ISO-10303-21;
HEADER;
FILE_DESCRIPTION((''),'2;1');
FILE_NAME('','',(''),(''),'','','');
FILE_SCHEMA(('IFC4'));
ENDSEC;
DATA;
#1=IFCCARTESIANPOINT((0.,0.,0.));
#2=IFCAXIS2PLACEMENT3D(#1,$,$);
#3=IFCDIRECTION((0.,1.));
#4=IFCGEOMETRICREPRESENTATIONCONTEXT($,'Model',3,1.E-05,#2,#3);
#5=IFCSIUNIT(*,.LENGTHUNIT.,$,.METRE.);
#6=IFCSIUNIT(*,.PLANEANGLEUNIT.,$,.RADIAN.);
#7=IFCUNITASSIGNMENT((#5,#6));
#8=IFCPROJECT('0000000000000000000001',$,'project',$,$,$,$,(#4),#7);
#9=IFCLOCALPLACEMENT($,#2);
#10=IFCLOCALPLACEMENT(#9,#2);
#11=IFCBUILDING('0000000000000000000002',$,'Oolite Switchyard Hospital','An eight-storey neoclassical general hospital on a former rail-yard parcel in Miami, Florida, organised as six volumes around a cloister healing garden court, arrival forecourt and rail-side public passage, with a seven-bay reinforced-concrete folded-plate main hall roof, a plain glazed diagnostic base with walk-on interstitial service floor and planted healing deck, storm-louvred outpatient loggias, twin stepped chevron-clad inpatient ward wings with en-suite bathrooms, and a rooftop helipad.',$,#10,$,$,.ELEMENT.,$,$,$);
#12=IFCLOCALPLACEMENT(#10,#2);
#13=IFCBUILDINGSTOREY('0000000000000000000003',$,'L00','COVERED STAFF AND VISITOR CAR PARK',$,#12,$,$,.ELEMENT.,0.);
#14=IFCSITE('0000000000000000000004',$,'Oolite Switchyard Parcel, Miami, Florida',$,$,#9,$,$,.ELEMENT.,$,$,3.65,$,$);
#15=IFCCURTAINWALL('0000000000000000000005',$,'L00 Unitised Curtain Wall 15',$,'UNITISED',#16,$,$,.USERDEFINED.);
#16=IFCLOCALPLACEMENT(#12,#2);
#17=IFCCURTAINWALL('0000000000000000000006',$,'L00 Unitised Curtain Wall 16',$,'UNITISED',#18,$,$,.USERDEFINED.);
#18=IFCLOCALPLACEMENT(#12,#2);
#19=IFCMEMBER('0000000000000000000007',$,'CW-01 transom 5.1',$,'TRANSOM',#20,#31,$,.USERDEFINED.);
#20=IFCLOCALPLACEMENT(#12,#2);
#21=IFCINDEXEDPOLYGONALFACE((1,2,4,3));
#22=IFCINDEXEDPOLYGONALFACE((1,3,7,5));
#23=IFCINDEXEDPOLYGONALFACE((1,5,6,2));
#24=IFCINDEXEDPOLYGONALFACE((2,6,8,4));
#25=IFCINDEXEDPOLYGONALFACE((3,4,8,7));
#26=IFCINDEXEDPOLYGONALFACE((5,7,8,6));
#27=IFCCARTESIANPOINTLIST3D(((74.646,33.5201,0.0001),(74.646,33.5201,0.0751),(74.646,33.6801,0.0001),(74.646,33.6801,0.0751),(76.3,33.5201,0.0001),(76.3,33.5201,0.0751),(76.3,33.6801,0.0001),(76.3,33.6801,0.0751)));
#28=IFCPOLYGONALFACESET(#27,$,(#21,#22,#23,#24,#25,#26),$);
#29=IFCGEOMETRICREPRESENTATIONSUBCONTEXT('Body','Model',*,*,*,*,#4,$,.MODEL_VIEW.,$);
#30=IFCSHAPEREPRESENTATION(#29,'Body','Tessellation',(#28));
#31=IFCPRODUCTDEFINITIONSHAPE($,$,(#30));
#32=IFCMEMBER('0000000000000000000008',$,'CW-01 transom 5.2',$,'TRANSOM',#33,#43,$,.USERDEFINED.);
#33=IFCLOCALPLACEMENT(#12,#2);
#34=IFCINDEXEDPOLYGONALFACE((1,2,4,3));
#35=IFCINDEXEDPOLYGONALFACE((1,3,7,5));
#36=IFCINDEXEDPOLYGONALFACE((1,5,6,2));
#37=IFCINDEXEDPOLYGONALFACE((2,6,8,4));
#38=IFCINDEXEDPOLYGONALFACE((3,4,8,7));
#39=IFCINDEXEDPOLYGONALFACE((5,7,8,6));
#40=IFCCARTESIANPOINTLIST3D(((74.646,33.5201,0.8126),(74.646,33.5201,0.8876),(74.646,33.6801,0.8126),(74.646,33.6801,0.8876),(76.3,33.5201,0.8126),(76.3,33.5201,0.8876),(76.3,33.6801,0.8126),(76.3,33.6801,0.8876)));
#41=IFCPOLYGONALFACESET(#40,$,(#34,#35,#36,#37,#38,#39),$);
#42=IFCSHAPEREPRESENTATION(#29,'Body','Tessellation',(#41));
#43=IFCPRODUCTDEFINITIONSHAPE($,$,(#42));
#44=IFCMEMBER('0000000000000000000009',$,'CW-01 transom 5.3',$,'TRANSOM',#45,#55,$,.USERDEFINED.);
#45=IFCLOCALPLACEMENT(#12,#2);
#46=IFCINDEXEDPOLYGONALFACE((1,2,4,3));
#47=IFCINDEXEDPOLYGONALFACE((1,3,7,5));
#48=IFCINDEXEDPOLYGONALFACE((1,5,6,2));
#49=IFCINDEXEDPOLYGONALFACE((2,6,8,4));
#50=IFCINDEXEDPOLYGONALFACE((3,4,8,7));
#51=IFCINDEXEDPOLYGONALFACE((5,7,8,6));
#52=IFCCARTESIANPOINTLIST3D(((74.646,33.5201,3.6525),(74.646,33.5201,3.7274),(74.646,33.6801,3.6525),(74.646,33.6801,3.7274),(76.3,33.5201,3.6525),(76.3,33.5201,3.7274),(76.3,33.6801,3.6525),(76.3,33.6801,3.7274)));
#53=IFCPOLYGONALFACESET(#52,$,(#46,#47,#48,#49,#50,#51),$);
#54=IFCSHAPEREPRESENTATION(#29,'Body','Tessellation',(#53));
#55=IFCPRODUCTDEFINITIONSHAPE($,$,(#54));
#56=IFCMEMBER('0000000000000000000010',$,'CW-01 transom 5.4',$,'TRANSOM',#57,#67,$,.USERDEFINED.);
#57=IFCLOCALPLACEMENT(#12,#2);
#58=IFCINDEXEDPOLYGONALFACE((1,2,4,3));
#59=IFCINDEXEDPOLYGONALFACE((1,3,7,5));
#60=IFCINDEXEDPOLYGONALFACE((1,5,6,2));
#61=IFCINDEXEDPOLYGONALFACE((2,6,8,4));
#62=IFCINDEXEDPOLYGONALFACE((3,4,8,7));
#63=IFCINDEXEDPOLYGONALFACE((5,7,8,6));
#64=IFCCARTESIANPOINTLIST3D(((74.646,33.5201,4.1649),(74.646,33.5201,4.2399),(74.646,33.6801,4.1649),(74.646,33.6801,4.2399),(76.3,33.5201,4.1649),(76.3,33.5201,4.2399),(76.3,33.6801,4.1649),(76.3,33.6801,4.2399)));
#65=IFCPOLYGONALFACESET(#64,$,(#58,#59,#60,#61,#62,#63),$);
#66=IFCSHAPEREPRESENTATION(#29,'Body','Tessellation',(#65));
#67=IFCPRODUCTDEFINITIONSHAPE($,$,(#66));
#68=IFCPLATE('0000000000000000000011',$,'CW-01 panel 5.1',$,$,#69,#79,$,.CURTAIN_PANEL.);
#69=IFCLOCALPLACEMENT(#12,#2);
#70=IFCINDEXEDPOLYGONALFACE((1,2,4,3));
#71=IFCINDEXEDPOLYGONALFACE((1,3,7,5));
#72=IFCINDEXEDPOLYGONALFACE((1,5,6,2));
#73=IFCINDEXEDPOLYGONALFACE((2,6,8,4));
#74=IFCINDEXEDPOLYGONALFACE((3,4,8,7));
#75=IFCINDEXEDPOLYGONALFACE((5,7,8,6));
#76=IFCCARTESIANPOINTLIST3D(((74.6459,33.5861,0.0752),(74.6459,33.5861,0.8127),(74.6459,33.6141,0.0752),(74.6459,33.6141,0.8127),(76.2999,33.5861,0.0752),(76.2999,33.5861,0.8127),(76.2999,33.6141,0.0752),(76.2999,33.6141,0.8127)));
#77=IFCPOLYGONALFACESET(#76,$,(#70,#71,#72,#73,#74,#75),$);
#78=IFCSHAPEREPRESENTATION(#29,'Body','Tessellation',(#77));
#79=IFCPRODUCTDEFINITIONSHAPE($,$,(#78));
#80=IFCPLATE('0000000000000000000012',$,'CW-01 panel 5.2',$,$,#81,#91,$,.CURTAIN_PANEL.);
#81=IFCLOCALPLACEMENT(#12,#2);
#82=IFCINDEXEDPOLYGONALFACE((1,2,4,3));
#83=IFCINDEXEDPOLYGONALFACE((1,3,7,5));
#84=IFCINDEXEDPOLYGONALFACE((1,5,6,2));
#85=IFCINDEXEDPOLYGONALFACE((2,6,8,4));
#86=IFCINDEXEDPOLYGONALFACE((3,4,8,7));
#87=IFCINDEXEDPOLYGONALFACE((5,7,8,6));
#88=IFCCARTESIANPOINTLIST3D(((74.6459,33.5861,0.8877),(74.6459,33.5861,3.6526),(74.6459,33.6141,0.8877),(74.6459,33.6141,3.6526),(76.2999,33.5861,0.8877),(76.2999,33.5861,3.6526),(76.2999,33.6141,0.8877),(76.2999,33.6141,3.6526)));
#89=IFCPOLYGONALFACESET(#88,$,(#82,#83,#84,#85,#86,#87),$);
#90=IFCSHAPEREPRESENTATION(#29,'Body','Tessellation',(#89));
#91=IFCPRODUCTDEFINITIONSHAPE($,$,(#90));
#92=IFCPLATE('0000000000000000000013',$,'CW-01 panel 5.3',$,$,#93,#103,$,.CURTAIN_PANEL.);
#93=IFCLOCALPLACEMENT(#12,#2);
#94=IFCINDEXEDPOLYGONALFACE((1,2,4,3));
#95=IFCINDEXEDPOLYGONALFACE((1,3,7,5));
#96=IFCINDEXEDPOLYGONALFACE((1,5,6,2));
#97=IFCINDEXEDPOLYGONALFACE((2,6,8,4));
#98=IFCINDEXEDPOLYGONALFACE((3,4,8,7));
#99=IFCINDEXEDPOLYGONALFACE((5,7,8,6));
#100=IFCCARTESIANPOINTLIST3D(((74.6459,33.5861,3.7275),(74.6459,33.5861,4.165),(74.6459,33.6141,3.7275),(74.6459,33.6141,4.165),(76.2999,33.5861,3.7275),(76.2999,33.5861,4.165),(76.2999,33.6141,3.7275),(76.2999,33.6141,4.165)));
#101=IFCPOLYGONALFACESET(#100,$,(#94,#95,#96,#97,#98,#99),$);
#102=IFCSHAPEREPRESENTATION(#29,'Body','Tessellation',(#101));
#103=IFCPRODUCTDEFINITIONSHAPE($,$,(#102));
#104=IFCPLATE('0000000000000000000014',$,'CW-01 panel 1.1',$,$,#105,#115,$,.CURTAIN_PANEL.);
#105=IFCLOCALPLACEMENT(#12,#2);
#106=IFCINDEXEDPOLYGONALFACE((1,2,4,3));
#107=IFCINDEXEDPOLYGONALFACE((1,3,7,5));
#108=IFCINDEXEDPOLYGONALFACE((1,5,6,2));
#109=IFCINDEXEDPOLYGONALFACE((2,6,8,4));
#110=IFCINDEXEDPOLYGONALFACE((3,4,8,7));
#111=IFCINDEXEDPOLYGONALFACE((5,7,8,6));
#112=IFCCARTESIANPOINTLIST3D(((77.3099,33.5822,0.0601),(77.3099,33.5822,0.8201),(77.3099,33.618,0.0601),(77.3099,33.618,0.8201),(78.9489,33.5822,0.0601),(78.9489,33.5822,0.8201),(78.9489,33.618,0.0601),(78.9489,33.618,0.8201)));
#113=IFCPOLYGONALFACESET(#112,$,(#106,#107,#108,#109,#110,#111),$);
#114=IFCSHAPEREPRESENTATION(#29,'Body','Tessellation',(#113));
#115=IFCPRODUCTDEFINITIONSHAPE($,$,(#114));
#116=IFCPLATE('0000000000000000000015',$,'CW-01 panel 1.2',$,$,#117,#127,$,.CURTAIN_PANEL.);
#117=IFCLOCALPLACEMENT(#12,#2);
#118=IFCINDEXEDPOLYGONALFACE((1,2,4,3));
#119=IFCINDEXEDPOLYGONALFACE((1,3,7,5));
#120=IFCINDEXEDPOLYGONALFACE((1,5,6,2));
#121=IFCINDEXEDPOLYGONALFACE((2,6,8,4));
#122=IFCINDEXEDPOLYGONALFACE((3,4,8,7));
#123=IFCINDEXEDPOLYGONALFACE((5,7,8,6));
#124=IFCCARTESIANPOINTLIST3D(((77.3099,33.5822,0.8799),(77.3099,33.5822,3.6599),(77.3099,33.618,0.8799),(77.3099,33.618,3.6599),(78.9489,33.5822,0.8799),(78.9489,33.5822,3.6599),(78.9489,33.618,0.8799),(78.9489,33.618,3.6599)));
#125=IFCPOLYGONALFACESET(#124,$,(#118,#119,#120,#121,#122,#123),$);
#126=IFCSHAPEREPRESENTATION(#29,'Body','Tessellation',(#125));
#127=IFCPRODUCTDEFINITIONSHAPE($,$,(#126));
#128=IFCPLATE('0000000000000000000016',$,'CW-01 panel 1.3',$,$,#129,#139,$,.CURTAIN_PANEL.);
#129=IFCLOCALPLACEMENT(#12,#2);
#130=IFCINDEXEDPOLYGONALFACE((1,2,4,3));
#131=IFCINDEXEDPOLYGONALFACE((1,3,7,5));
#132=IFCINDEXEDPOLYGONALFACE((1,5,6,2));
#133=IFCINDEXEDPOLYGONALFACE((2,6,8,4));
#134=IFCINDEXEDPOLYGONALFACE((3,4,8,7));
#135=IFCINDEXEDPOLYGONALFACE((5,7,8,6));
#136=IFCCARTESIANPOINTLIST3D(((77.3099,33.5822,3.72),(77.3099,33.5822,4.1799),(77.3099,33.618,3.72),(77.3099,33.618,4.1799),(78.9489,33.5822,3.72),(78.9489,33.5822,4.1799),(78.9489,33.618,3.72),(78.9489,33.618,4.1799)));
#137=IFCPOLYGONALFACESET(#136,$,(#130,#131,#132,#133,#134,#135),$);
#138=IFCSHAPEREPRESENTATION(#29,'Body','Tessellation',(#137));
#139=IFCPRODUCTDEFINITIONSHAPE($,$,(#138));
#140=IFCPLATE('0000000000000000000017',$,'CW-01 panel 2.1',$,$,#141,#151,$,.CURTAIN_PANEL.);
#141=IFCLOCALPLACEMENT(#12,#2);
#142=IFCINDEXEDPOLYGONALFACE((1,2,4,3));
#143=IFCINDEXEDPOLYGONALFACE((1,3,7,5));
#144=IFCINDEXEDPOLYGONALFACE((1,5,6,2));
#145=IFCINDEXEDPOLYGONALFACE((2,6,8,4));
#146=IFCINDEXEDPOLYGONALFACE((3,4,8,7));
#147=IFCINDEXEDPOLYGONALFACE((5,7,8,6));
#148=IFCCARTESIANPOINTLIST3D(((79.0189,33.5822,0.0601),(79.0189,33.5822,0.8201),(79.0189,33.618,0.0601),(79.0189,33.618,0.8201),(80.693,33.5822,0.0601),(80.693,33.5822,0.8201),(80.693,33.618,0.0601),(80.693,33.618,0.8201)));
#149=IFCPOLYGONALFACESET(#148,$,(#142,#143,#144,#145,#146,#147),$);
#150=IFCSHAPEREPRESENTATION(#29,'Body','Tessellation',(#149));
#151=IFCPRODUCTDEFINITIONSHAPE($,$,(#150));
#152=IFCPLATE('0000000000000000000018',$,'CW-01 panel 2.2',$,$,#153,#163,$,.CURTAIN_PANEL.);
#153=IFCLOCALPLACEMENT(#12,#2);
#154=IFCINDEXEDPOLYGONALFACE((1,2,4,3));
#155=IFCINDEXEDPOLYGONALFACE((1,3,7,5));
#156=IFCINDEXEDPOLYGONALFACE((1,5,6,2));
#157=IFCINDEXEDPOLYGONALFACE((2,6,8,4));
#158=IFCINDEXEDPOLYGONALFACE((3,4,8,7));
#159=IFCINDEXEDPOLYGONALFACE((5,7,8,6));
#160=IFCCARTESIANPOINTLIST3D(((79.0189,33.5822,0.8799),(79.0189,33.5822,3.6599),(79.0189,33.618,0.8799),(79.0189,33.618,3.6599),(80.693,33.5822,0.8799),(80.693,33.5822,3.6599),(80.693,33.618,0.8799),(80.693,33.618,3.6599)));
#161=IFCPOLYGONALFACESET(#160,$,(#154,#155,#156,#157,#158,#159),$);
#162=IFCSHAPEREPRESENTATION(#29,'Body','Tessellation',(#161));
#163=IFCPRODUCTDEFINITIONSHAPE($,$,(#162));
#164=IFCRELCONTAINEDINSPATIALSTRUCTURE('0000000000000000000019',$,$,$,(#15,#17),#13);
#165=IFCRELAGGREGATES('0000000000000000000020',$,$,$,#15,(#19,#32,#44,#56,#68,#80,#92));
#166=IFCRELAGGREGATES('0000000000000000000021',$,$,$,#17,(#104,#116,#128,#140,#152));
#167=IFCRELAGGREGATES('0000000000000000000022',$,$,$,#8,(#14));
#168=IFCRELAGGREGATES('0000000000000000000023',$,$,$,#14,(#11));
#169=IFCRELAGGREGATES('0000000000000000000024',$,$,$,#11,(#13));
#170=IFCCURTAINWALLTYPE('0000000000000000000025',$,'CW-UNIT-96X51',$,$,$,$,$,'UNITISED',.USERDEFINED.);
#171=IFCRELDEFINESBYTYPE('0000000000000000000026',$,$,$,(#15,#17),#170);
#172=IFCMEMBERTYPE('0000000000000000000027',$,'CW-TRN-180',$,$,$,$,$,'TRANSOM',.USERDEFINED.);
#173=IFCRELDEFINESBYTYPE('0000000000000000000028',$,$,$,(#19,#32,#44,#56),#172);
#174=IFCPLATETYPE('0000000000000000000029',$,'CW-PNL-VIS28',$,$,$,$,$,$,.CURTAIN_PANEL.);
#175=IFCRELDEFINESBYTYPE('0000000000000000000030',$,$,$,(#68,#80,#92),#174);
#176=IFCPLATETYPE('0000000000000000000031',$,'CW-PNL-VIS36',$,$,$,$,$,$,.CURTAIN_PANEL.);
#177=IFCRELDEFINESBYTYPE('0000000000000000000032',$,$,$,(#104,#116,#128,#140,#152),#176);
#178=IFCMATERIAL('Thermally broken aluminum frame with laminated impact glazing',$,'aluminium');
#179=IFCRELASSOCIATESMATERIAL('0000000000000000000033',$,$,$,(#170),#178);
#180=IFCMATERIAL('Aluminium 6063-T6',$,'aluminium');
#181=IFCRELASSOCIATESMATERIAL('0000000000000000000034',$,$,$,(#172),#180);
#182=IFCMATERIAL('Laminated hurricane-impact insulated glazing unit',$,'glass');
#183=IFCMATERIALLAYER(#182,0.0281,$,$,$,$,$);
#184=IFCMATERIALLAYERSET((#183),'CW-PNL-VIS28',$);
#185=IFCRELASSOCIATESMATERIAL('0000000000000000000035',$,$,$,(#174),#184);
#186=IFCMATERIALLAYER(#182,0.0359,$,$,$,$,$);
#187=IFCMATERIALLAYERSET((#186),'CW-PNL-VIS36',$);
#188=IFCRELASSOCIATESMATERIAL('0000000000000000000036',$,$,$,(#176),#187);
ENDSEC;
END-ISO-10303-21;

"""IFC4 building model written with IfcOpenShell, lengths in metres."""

from ifc_helpers import new_model, si_unit, direction, frame, origin, origin_2d, place, context, subcontext, project, spatial, rectangle, extrude, material, layer, layer_set, material_profile, profile_set, type_object, element, aggregate, save


model = new_model("IFC4")

# Units and contexts
model_context = context("Model", 3, precision=1e-05, world=origin(), true_north=direction((0.0, 1.0)))
body_context = subcontext(model_context, "Body", "Model", "MODEL_VIEW")
ifc_project = project(units=[si_unit("LENGTHUNIT", "METRE"), si_unit("PLANEANGLEUNIT", "RADIAN")], contexts=[model_context])

# Site, building, storey
site_placement = place(None, origin())
site = spatial("IfcSite", under=ifc_project, at=site_placement, Name="Oolite Switchyard Parcel, Miami, Florida", CompositionType="ELEMENT", RefElevation=3.65)
building_placement = place(site_placement, origin())
building = spatial("IfcBuilding", under=site, at=building_placement, Name="Oolite Switchyard Hospital", Description="An eight-storey neoclassical general hospital on a former rail-yard parcel in Miami, Florida, organised as six volumes around a cloister healing garden court, arrival forecourt and rail-side public passage, with a seven-bay reinforced-concrete folded-plate main hall roof, a plain glazed diagnostic base with walk-on interstitial service floor and planted healing deck, storm-louvred outpatient loggias, twin stepped chevron-clad inpatient ward wings with en-suite bathrooms, and a rooftop helipad.", CompositionType="ELEMENT")
storey_placement = place(building_placement, origin())
storey = spatial("IfcBuildingStorey", under=building, at=storey_placement, Name="L00", Description="COVERED STAFF AND VISITOR CAR PARK", CompositionType="ELEMENT", Elevation=0.0)

# Curtain walls
ifc_material_1 = material(Name="Thermally broken aluminum frame with laminated impact glazing", Category="aluminium")
curtain_wall_type = type_object("IfcCurtainWallType", Name="CW-UNIT-96X51", ElementType="UNITISED", PredefinedType="USERDEFINED", material=ifc_material_1)
curtain_wall_1_placement = place(storey_placement, origin())
curtain_wall_1 = element("IfcCurtainWall", 1, at=curtain_wall_1_placement, inside=storey, type_object=curtain_wall_type, Name="L00 Unitised Curtain Wall 15", ObjectType="UNITISED", PredefinedType="USERDEFINED")
ifc_material_2 = material(Name="Aluminium 6063-T6", Category="aluminium")
curtain_wall_2_placement = place(storey_placement, origin())
curtain_wall_2 = element("IfcCurtainWall", 2, at=curtain_wall_2_placement, inside=storey, type_object=curtain_wall_type, Name="L00 Unitised Curtain Wall 16", ObjectType="UNITISED", PredefinedType="USERDEFINED")

# Members
ifc_material_profile_1 = material_profile(ifc_material_2, rectangle(XDim=0.1599, YDim=0.075, at=origin_2d()), Name="CWT75X160")
ifc_profile_set_1 = profile_set([ifc_material_profile_1], Name="Aluminium 6063-T6")
member_type_1 = type_object("IfcMemberType", Name="CW-TRN-180", ElementType="TRANSOM", PredefinedType="USERDEFINED", material=ifc_profile_set_1)
member_1_placement = place(storey_placement, frame((74.646, 33.6001, 0.0376), z_axis=(1.0, 0.0, 0.0), x_axis=(0.0, 1.0, 0.0)))
member_1 = element("IfcMember", 3, at=member_1_placement, type_object=member_type_1, Name="CW-01 transom 5.1", ObjectType="TRANSOM", PredefinedType="USERDEFINED", context=body_context, shape_type="SweptSolid", body=[
    extrude(rectangle(XDim=0.1599, YDim=0.075, at=origin_2d()), origin(), (0.0, 0.0, 1.0), 1.6541),
])
member_2_placement = place(storey_placement, frame((74.646, 33.6001, 0.8501), z_axis=(1.0, 0.0, 0.0), x_axis=(0.0, 1.0, 0.0)))
member_2 = element("IfcMember", 4, at=member_2_placement, type_object=member_type_1, Name="CW-01 transom 5.2", ObjectType="TRANSOM", PredefinedType="USERDEFINED", context=body_context, shape_type="SweptSolid", body=[
    extrude(rectangle(XDim=0.1599, YDim=0.075, at=origin_2d()), origin(), (0.0, 0.0, 1.0), 1.6541),
])
member_3_placement = place(storey_placement, frame((74.646, 33.6001, 3.6899), z_axis=(1.0, 0.0, 0.0), x_axis=(0.0, 1.0, 0.0)))
member_3 = element("IfcMember", 5, at=member_3_placement, type_object=member_type_1, Name="CW-01 transom 5.3", ObjectType="TRANSOM", PredefinedType="USERDEFINED", context=body_context, shape_type="SweptSolid", body=[
    extrude(rectangle(XDim=0.1599, YDim=0.075, at=origin_2d()), origin(), (0.0, 0.0, 1.0), 1.6541),
])
member_4_placement = place(storey_placement, frame((74.646, 33.6001, 4.2024), z_axis=(1.0, 0.0, 0.0), x_axis=(0.0, 1.0, 0.0)))
member_4 = element("IfcMember", 6, at=member_4_placement, type_object=member_type_1, Name="CW-01 transom 5.4", ObjectType="TRANSOM", PredefinedType="USERDEFINED", context=body_context, shape_type="SweptSolid", body=[
    extrude(rectangle(XDim=0.1599, YDim=0.075, at=origin_2d()), origin(), (0.0, 0.0, 1.0), 1.6541),
])

# Plates
ifc_material_3 = material(Name="Laminated hurricane-impact insulated glazing unit", Category="glass")
ifc_layer_1 = layer(ifc_material_3, 0.0281)
ifc_layer_set_1 = layer_set([ifc_layer_1], Name="CW-PNL-VIS28")
plate_type_1 = type_object("IfcPlateType", Name="CW-PNL-VIS28", PredefinedType="CURTAIN_PANEL", material=ifc_layer_set_1)
plate_1_placement = place(storey_placement, frame((75.4729, 33.6001, 0.0752), z_axis=(0.0, 0.0, 1.0), x_axis=(1.0, 0.0, 0.0)))
plate_1 = element("IfcPlate", 7, at=plate_1_placement, type_object=plate_type_1, Name="CW-01 panel 5.1", PredefinedType="CURTAIN_PANEL", context=body_context, shape_type="SweptSolid", body=[
    extrude(rectangle(XDim=1.6541, YDim=0.0281, at=origin_2d()), origin(), (0.0, 0.0, 1.0), 0.7375),
])
plate_2_placement = place(storey_placement, frame((75.4729, 33.6001, 0.8877), z_axis=(0.0, 0.0, 1.0), x_axis=(1.0, 0.0, 0.0)))
plate_2 = element("IfcPlate", 8, at=plate_2_placement, type_object=plate_type_1, Name="CW-01 panel 5.2", PredefinedType="CURTAIN_PANEL", context=body_context, shape_type="SweptSolid", body=[
    extrude(rectangle(XDim=1.6541, YDim=0.0281, at=origin_2d()), origin(), (0.0, 0.0, 1.0), 2.7649),
])
plate_3_placement = place(storey_placement, frame((75.4729, 33.6001, 3.7275), z_axis=(0.0, 0.0, 1.0), x_axis=(1.0, 0.0, 0.0)))
plate_3 = element("IfcPlate", 9, at=plate_3_placement, type_object=plate_type_1, Name="CW-01 panel 5.3", PredefinedType="CURTAIN_PANEL", context=body_context, shape_type="SweptSolid", body=[
    extrude(rectangle(XDim=1.6541, YDim=0.0281, at=origin_2d()), origin(), (0.0, 0.0, 1.0), 0.4375),
])
aggregate(curtain_wall_1, [member_1, member_2, member_3, member_4, plate_1, plate_2, plate_3])
ifc_layer_2 = layer(ifc_material_3, 0.0359)
ifc_layer_set_2 = layer_set([ifc_layer_2], Name="CW-PNL-VIS36")
plate_type_2 = type_object("IfcPlateType", Name="CW-PNL-VIS36", PredefinedType="CURTAIN_PANEL", material=ifc_layer_set_2)
plate_4_placement = place(storey_placement, frame((78.1294, 33.6001, 0.0601), z_axis=(0.0, 0.0, 1.0), x_axis=(1.0, 0.0, 0.0)))
plate_4 = element("IfcPlate", 10, at=plate_4_placement, type_object=plate_type_2, Name="CW-01 panel 1.1", PredefinedType="CURTAIN_PANEL", context=body_context, shape_type="SweptSolid", body=[
    extrude(rectangle(XDim=1.6389, YDim=0.0359, at=origin_2d()), origin(), (0.0, 0.0, 1.0), 0.76),
])
plate_5_placement = place(storey_placement, frame((78.1294, 33.6001, 0.8799), z_axis=(0.0, 0.0, 1.0), x_axis=(1.0, 0.0, 0.0)))
plate_5 = element("IfcPlate", 11, at=plate_5_placement, type_object=plate_type_2, Name="CW-01 panel 1.2", PredefinedType="CURTAIN_PANEL", context=body_context, shape_type="SweptSolid", body=[
    extrude(rectangle(XDim=1.6389, YDim=0.0359, at=origin_2d()), origin(), (0.0, 0.0, 1.0), 2.78),
])
plate_6_placement = place(storey_placement, frame((78.1294, 33.6001, 3.72), z_axis=(0.0, 0.0, 1.0), x_axis=(1.0, 0.0, 0.0)))
plate_6 = element("IfcPlate", 12, at=plate_6_placement, type_object=plate_type_2, Name="CW-01 panel 1.3", PredefinedType="CURTAIN_PANEL", context=body_context, shape_type="SweptSolid", body=[
    extrude(rectangle(XDim=1.6389, YDim=0.0359, at=origin_2d()), origin(), (0.0, 0.0, 1.0), 0.46),
])
plate_7_placement = place(storey_placement, frame((79.856, 33.6001, 0.0601), z_axis=(0.0, 0.0, 1.0), x_axis=(1.0, 0.0, 0.0)))
plate_7 = element("IfcPlate", 13, at=plate_7_placement, type_object=plate_type_2, Name="CW-01 panel 2.1", PredefinedType="CURTAIN_PANEL", context=body_context, shape_type="SweptSolid", body=[
    extrude(rectangle(XDim=1.6741, YDim=0.0359, at=origin_2d()), origin(), (0.0, 0.0, 1.0), 0.76),
])
plate_8_placement = place(storey_placement, frame((79.856, 33.6001, 0.8799), z_axis=(0.0, 0.0, 1.0), x_axis=(1.0, 0.0, 0.0)))
plate_8 = element("IfcPlate", 14, at=plate_8_placement, type_object=plate_type_2, Name="CW-01 panel 2.2", PredefinedType="CURTAIN_PANEL", context=body_context, shape_type="SweptSolid", body=[
    extrude(rectangle(XDim=1.6741, YDim=0.0359, at=origin_2d()), origin(), (0.0, 0.0, 1.0), 2.78),
])
aggregate(curtain_wall_2, [plate_4, plate_5, plate_6, plate_7, plate_8])

save(model, "model.ifc")
